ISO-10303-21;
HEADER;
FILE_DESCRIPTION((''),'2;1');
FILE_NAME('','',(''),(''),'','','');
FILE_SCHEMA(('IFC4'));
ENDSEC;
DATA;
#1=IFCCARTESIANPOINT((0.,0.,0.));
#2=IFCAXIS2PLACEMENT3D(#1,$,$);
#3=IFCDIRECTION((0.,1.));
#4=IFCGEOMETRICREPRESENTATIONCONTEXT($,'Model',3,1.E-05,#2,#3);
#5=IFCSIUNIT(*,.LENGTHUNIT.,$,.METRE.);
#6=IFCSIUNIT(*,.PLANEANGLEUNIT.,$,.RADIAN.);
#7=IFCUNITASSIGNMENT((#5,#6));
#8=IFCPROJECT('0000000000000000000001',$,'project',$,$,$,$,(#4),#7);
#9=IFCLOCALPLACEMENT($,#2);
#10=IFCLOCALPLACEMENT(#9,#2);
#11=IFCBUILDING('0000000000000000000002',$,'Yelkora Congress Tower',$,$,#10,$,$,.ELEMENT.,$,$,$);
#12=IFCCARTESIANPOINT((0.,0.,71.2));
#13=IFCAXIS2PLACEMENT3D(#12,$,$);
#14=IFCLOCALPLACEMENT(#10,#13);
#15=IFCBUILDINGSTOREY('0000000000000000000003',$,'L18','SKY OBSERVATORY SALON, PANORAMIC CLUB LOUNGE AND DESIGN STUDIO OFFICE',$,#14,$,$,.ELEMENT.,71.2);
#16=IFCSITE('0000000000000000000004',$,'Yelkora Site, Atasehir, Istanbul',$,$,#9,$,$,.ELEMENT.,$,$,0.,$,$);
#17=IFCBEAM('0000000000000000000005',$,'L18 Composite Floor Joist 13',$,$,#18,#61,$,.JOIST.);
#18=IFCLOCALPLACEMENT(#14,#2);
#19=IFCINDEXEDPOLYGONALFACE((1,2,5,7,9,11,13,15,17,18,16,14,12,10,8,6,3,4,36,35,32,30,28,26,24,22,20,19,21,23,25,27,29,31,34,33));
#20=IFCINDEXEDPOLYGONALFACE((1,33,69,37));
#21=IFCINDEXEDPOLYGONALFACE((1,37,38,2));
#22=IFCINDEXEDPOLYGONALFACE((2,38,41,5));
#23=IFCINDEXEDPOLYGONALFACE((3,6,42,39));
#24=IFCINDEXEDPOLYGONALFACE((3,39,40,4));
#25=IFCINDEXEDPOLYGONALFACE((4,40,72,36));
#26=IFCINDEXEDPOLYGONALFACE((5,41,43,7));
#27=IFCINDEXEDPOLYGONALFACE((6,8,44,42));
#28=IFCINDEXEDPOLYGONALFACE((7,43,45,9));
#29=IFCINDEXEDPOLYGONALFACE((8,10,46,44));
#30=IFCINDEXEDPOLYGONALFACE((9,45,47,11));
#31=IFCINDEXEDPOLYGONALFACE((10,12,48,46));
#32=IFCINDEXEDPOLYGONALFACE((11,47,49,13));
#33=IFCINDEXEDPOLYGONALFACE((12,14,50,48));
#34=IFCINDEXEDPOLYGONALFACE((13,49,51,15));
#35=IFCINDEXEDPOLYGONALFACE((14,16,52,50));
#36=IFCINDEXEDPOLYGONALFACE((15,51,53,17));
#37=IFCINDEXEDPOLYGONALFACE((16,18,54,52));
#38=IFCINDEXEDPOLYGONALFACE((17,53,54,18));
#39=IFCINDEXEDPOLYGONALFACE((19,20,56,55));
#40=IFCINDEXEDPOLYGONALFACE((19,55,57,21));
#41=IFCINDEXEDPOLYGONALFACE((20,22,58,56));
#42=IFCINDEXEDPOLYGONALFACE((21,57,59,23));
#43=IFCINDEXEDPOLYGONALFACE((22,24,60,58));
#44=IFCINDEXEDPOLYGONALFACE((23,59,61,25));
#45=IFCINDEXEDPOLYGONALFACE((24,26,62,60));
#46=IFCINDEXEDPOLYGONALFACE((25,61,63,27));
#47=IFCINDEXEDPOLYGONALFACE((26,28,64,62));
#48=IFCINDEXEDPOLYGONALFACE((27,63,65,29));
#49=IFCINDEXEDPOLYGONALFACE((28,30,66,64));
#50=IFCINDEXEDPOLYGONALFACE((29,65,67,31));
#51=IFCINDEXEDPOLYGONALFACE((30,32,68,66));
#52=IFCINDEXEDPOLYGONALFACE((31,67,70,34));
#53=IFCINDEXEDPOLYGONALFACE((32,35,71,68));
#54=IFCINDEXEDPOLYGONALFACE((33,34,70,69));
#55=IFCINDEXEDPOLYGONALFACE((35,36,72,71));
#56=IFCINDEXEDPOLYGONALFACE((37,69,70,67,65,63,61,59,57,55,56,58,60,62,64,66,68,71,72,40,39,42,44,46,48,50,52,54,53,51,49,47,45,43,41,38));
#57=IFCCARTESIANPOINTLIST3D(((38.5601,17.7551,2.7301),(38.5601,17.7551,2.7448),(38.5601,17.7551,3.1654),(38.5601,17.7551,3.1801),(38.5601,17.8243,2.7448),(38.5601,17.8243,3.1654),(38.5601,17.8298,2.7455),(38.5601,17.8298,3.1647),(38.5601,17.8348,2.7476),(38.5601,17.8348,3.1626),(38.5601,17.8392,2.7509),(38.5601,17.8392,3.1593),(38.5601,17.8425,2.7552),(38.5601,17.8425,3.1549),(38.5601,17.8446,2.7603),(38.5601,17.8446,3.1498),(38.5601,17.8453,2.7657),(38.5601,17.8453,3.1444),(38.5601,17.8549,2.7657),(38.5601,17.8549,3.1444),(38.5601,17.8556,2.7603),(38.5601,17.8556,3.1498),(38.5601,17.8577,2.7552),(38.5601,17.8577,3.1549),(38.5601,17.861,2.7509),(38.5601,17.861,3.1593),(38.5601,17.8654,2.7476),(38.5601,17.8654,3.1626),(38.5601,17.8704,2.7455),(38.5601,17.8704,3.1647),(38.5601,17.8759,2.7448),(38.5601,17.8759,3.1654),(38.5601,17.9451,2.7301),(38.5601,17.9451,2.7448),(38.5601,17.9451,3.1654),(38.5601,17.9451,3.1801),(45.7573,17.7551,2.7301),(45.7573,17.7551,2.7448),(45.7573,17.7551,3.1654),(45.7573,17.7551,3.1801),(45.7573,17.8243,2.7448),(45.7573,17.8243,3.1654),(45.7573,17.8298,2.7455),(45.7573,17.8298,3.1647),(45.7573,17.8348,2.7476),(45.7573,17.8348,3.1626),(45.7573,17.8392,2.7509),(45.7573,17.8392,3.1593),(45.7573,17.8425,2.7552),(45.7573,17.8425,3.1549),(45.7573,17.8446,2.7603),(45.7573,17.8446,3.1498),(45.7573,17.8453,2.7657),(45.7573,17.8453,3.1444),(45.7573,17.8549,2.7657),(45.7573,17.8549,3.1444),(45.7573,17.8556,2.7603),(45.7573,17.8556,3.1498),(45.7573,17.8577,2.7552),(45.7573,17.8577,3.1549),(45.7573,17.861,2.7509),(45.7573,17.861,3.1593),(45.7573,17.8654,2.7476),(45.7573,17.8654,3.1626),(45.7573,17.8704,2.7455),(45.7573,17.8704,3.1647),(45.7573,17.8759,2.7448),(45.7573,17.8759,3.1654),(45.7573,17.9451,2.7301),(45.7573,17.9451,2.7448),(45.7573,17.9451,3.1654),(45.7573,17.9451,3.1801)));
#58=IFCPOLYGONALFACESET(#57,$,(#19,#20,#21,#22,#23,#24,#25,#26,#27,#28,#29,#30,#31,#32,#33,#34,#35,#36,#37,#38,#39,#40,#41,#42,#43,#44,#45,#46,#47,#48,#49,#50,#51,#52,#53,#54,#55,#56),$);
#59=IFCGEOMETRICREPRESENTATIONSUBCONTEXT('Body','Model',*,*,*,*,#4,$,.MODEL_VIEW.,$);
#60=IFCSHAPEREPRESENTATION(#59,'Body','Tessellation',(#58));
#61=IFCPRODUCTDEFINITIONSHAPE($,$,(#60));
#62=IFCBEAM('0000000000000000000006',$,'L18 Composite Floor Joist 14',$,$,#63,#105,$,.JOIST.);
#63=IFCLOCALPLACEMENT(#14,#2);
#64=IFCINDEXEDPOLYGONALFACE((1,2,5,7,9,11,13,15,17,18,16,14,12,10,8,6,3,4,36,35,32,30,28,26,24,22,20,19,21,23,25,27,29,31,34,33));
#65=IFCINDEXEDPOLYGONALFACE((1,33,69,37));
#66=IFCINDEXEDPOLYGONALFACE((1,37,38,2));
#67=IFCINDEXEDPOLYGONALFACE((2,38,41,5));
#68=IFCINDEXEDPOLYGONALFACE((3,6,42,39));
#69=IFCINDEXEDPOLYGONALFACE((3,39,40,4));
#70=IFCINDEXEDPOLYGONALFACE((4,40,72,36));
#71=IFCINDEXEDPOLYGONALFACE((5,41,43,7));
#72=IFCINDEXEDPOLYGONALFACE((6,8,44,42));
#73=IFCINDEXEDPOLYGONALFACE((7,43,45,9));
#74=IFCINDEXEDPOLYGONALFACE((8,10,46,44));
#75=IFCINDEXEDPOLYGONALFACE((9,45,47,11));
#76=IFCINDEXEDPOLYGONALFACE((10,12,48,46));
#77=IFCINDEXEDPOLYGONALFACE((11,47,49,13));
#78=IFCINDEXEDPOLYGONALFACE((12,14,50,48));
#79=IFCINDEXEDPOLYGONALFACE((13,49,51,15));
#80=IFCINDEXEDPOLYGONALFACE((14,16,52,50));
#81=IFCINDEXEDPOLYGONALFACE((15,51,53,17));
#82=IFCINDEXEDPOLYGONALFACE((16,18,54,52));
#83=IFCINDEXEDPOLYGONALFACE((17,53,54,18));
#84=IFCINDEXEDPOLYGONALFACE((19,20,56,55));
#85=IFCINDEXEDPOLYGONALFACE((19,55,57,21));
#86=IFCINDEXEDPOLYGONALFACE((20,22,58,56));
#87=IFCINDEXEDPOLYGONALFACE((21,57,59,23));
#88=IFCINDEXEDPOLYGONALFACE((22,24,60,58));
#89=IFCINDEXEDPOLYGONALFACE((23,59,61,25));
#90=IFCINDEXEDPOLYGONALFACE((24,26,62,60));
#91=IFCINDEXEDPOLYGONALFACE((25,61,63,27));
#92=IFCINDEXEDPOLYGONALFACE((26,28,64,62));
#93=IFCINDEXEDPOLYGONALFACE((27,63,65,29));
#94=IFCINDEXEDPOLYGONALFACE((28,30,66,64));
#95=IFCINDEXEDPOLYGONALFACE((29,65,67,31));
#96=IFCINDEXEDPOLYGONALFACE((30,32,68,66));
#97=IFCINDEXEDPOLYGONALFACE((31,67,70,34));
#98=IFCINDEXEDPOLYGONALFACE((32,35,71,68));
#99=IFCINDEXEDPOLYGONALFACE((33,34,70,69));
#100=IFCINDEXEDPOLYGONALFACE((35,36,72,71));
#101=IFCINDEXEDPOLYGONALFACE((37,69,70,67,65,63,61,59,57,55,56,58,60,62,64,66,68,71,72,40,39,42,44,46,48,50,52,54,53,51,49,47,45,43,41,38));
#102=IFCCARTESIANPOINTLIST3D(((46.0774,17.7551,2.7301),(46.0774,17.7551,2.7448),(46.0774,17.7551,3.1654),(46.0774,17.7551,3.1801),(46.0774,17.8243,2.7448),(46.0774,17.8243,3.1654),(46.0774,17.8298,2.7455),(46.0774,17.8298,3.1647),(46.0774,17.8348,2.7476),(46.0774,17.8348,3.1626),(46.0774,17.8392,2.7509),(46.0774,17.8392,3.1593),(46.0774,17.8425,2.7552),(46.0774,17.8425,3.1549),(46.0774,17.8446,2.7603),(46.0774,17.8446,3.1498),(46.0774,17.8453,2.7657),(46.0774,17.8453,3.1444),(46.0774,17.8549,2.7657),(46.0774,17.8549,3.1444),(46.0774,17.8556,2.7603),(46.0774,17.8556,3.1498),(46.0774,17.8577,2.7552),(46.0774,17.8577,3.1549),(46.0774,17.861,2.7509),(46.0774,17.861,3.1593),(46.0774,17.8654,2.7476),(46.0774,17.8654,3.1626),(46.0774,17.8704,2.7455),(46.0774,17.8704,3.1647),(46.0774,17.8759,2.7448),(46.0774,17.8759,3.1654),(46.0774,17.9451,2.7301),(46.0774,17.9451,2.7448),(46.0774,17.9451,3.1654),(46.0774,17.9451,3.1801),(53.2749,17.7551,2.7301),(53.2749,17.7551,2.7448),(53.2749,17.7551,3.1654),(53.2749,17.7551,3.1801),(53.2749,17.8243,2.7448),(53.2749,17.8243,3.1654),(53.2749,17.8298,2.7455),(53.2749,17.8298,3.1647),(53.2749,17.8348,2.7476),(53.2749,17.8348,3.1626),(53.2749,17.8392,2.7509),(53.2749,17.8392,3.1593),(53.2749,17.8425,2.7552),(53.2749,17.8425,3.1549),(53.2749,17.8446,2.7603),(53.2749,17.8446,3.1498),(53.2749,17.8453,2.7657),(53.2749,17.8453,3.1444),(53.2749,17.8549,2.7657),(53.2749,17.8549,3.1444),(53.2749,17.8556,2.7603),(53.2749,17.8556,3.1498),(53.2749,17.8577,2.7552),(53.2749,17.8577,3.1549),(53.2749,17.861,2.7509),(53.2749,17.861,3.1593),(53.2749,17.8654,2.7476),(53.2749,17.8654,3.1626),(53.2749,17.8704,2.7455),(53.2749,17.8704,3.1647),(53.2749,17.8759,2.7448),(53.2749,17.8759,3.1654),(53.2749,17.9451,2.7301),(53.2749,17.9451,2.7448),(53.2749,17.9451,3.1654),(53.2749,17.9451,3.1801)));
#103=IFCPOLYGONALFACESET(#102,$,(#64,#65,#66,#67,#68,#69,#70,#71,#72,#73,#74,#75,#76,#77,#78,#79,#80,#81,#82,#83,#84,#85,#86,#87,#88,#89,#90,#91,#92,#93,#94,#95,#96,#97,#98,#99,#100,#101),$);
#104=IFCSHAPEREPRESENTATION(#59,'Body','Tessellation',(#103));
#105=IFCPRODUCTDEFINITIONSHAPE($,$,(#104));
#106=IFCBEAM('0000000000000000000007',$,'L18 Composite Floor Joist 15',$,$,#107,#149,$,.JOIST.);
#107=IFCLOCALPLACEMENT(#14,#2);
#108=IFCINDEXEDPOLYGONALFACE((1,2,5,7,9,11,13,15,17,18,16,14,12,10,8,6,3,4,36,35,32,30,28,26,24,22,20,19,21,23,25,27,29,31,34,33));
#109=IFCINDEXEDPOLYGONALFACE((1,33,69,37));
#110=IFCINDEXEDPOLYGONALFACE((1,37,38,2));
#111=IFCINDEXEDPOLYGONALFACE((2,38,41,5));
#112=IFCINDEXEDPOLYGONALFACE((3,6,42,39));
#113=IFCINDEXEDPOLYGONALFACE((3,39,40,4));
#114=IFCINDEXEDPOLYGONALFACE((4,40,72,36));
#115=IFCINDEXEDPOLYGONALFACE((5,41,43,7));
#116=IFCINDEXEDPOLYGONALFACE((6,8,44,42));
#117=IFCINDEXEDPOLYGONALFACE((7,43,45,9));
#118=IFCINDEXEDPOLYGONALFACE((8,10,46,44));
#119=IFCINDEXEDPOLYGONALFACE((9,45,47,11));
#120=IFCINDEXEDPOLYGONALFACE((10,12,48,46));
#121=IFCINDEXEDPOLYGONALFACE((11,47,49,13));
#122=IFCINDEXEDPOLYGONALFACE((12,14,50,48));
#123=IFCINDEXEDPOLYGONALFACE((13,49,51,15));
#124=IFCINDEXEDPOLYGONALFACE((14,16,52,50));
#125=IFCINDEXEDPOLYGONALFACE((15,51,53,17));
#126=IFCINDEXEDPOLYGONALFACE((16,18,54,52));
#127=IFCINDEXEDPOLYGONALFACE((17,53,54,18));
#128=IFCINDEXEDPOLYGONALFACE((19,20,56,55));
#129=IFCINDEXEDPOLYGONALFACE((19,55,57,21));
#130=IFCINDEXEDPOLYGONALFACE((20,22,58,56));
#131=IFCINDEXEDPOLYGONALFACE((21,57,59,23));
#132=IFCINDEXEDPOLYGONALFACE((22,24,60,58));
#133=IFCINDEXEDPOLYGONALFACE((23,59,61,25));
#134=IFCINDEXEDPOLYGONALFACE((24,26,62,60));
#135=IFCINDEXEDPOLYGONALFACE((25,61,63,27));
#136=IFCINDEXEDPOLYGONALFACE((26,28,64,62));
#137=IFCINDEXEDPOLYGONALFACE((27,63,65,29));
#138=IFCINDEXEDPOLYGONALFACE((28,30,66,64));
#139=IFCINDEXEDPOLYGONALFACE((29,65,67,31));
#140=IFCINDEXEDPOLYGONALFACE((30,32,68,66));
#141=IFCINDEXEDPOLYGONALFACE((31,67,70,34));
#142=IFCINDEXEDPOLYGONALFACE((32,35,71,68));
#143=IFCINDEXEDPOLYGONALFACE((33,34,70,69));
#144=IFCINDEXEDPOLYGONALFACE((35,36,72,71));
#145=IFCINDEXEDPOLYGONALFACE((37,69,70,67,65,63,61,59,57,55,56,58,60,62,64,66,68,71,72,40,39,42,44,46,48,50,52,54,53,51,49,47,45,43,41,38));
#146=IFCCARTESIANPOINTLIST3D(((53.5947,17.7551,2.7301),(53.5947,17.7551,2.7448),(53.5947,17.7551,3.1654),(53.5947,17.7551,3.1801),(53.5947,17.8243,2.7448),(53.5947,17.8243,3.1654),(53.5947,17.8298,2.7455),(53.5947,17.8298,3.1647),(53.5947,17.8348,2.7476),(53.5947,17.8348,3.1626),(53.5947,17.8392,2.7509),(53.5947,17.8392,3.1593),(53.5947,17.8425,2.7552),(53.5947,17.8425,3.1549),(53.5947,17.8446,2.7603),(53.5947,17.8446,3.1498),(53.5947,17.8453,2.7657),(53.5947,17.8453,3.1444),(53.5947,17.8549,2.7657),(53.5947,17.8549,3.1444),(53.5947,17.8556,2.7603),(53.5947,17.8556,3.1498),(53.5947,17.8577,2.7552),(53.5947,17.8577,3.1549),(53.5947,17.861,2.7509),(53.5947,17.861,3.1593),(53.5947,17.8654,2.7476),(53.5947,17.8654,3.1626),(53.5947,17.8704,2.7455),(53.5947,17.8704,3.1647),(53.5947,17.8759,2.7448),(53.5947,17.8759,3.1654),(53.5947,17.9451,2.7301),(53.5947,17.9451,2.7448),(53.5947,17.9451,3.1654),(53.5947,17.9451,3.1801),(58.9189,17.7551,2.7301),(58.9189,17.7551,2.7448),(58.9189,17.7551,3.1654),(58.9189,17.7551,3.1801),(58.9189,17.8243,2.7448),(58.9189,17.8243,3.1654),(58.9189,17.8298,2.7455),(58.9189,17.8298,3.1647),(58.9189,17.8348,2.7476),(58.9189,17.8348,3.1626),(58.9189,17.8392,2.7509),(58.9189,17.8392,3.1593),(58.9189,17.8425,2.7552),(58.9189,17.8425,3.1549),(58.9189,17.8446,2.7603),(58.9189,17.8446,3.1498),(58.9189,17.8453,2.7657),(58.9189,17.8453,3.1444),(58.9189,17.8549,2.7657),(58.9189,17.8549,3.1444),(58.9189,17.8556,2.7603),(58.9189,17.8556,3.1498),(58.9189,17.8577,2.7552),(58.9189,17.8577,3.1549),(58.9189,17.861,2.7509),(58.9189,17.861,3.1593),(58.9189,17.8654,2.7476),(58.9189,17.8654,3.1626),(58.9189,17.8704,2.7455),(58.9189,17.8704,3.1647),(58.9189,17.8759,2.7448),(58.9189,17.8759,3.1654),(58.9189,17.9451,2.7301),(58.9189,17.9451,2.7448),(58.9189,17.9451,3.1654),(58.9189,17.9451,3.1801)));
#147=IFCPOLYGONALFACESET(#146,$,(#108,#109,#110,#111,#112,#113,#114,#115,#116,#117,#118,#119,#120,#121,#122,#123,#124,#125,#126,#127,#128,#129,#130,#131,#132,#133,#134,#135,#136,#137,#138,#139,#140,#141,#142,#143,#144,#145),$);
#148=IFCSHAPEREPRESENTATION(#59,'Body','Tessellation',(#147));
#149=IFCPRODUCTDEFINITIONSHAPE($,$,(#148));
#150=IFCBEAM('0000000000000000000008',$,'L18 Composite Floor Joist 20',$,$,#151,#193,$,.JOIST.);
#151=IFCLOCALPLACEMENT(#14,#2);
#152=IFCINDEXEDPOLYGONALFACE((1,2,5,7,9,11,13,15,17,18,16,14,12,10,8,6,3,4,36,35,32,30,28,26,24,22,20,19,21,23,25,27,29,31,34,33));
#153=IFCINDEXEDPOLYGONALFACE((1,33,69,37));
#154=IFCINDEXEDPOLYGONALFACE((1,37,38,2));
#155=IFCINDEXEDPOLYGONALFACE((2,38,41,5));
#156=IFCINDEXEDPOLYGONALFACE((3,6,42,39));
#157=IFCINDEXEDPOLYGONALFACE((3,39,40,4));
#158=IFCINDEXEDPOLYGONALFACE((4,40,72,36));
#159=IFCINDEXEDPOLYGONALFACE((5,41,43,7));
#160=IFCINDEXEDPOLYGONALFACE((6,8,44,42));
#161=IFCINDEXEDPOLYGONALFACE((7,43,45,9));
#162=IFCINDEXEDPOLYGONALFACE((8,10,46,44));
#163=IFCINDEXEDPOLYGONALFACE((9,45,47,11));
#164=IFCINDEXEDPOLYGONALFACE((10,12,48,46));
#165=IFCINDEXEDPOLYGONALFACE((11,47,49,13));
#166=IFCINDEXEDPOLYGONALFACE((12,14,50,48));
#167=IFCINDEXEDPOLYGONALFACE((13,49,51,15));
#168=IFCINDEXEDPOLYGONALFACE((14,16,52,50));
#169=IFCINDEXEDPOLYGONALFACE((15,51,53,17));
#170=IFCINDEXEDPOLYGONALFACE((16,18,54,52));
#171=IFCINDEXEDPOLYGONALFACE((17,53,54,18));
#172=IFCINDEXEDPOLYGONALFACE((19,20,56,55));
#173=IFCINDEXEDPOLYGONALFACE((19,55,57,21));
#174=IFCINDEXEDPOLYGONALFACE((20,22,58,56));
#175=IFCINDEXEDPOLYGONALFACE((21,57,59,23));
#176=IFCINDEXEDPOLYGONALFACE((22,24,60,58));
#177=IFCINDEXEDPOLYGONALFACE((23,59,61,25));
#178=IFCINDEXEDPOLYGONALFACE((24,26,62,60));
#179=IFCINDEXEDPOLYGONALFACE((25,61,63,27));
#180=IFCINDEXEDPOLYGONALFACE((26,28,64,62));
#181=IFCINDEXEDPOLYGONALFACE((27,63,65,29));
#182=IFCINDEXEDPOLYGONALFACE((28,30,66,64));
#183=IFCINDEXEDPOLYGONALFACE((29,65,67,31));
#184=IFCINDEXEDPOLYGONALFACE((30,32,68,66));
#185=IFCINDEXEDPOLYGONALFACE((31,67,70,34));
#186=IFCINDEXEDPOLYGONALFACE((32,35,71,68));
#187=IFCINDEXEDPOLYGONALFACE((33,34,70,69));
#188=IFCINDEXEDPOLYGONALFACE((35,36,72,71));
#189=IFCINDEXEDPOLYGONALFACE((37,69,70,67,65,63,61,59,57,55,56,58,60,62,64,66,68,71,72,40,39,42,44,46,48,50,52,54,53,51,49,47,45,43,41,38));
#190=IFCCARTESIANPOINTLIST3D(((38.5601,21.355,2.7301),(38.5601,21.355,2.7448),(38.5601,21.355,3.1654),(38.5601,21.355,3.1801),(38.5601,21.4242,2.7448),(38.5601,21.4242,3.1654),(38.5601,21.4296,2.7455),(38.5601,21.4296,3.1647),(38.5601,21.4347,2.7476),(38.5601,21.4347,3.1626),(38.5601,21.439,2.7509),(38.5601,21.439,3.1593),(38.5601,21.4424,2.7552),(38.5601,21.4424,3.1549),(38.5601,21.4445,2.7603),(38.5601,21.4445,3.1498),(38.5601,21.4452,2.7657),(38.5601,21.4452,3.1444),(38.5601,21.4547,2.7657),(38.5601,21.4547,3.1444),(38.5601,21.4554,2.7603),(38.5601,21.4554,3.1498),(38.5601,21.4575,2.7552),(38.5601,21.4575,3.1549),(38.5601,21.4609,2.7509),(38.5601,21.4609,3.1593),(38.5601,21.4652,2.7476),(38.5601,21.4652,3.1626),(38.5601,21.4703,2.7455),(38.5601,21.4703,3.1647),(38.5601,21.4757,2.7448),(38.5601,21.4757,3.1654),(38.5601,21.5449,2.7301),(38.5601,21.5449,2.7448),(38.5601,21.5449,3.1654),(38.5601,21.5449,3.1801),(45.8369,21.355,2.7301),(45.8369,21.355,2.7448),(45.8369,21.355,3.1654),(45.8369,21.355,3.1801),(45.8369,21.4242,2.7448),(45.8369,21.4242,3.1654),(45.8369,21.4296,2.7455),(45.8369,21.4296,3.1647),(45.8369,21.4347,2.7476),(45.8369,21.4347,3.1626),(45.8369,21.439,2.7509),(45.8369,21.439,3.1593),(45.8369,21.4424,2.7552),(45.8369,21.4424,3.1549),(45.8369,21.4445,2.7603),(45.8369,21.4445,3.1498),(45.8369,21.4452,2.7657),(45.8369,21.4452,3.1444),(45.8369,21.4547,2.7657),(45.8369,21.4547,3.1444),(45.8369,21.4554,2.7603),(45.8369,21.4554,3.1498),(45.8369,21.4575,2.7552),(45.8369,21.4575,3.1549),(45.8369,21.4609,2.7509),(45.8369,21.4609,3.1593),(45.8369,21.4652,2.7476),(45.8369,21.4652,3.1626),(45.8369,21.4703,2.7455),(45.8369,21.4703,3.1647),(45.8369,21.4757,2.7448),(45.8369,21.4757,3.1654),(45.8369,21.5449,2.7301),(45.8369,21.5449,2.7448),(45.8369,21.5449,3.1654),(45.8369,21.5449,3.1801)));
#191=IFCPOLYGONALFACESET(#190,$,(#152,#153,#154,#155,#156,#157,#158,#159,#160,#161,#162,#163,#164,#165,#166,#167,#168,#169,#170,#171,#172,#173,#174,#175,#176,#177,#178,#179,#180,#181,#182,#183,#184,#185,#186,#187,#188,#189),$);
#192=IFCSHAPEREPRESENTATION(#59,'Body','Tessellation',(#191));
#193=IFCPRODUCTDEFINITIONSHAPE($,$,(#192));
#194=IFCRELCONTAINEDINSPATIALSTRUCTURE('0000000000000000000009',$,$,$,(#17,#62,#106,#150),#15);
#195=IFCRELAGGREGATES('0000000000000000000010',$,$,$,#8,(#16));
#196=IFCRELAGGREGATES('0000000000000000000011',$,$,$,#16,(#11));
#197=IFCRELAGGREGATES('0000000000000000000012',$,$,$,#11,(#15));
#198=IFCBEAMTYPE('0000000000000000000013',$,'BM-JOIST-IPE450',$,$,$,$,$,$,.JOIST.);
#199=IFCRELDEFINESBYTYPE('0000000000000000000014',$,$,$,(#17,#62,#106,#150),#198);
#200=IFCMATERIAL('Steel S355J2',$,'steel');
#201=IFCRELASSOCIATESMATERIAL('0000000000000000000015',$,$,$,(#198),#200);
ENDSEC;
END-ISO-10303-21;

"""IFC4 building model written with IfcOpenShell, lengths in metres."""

from ifc_helpers import new_model, si_unit, direction, frame, origin, origin_2d, place, context, subcontext, project, spatial, i_section, extrude, material, material_profile, profile_set, type_object, element, save


model = new_model("IFC4")

# Units and contexts
model_context = context("Model", 3, precision=1e-05, world=origin(), true_north=direction((0.0, 1.0)))
body_context = subcontext(model_context, "Body", "Model", "MODEL_VIEW")
ifc_project = project(units=[si_unit("LENGTHUNIT", "METRE"), si_unit("PLANEANGLEUNIT", "RADIAN")], contexts=[model_context])

# Site, building, storey
site_placement = place(None, origin())
site = spatial("IfcSite", under=ifc_project, at=site_placement, Name="Yelkora Site, Atasehir, Istanbul", CompositionType="ELEMENT", RefElevation=0.0)
building_placement = place(site_placement, origin())
building = spatial("IfcBuilding", under=site, at=building_placement, Name="Yelkora Congress Tower", CompositionType="ELEMENT")
storey_placement = place(building_placement, frame((0.0, 0.0, 71.2)))
storey = spatial("IfcBuildingStorey", under=building, at=storey_placement, Name="L18", Description="SKY OBSERVATORY SALON, PANORAMIC CLUB LOUNGE AND DESIGN STUDIO OFFICE", CompositionType="ELEMENT", Elevation=71.2)

# Beams
ifc_material_1 = material(Name="Steel S355J2", Category="steel")
ifc_material_profile_1 = material_profile(ifc_material_1, i_section(OverallWidth=0.1899, OverallDepth=0.45, WebThickness=0.0095, FlangeThickness=0.0146, FilletRadius=0.021, at=origin_2d()), Name="IPE 450")
ifc_profile_set_1 = profile_set([ifc_material_profile_1], Name="Steel S355J2")
beam_type_1 = type_object("IfcBeamType", Name="BM-JOIST-IPE450", PredefinedType="JOIST", material=ifc_profile_set_1)
beam_1_placement = place(storey_placement, frame((38.5601, 17.8501, 2.9551), z_axis=(1.0, 0.0, 0.0), x_axis=(0.0, 1.0, 0.0)))
element("IfcBeam", 1, at=beam_1_placement, inside=storey, type_object=beam_type_1, Name="L18 Composite Floor Joist 13", PredefinedType="JOIST", context=body_context, shape_type="SweptSolid", body=[
    extrude(i_section(OverallWidth=0.1899, OverallDepth=0.45, WebThickness=0.0095, FlangeThickness=0.0146, FilletRadius=0.021, at=origin_2d()), origin(), (0.0, 0.0, 1.0), 7.1973),
])
beam_2_placement = place(storey_placement, frame((46.0774, 17.8501, 2.9551), z_axis=(1.0, 0.0, 0.0), x_axis=(0.0, 1.0, 0.0)))
element("IfcBeam", 2, at=beam_2_placement, inside=storey, type_object=beam_type_1, Name="L18 Composite Floor Joist 14", PredefinedType="JOIST", context=body_context, shape_type="SweptSolid", body=[
    extrude(i_section(OverallWidth=0.1899, OverallDepth=0.45, WebThickness=0.0095, FlangeThickness=0.0146, FilletRadius=0.021, at=origin_2d()), origin(), (0.0, 0.0, 1.0), 7.1975),
])
beam_3_placement = place(storey_placement, frame((53.5947, 17.8501, 2.9551), z_axis=(1.0, 0.0, 0.0), x_axis=(0.0, 1.0, 0.0)))
element("IfcBeam", 3, at=beam_3_placement, inside=storey, type_object=beam_type_1, Name="L18 Composite Floor Joist 15", PredefinedType="JOIST", context=body_context, shape_type="SweptSolid", body=[
    extrude(i_section(OverallWidth=0.1899, OverallDepth=0.45, WebThickness=0.0095, FlangeThickness=0.0146, FilletRadius=0.021, at=origin_2d()), origin(), (0.0, 0.0, 1.0), 5.3242),
])
beam_4_placement = place(storey_placement, frame((38.5601, 21.45, 2.9551), z_axis=(1.0, 0.0, 0.0), x_axis=(0.0, 1.0, 0.0)))
element("IfcBeam", 4, at=beam_4_placement, inside=storey, type_object=beam_type_1, Name="L18 Composite Floor Joist 20", PredefinedType="JOIST", context=body_context, shape_type="SweptSolid", body=[
    extrude(i_section(OverallWidth=0.1899, OverallDepth=0.45, WebThickness=0.0095, FlangeThickness=0.0146, FilletRadius=0.021, at=origin_2d()), origin(), (0.0, 0.0, 1.0), 7.2769),
])

save(model, "model.ifc")
